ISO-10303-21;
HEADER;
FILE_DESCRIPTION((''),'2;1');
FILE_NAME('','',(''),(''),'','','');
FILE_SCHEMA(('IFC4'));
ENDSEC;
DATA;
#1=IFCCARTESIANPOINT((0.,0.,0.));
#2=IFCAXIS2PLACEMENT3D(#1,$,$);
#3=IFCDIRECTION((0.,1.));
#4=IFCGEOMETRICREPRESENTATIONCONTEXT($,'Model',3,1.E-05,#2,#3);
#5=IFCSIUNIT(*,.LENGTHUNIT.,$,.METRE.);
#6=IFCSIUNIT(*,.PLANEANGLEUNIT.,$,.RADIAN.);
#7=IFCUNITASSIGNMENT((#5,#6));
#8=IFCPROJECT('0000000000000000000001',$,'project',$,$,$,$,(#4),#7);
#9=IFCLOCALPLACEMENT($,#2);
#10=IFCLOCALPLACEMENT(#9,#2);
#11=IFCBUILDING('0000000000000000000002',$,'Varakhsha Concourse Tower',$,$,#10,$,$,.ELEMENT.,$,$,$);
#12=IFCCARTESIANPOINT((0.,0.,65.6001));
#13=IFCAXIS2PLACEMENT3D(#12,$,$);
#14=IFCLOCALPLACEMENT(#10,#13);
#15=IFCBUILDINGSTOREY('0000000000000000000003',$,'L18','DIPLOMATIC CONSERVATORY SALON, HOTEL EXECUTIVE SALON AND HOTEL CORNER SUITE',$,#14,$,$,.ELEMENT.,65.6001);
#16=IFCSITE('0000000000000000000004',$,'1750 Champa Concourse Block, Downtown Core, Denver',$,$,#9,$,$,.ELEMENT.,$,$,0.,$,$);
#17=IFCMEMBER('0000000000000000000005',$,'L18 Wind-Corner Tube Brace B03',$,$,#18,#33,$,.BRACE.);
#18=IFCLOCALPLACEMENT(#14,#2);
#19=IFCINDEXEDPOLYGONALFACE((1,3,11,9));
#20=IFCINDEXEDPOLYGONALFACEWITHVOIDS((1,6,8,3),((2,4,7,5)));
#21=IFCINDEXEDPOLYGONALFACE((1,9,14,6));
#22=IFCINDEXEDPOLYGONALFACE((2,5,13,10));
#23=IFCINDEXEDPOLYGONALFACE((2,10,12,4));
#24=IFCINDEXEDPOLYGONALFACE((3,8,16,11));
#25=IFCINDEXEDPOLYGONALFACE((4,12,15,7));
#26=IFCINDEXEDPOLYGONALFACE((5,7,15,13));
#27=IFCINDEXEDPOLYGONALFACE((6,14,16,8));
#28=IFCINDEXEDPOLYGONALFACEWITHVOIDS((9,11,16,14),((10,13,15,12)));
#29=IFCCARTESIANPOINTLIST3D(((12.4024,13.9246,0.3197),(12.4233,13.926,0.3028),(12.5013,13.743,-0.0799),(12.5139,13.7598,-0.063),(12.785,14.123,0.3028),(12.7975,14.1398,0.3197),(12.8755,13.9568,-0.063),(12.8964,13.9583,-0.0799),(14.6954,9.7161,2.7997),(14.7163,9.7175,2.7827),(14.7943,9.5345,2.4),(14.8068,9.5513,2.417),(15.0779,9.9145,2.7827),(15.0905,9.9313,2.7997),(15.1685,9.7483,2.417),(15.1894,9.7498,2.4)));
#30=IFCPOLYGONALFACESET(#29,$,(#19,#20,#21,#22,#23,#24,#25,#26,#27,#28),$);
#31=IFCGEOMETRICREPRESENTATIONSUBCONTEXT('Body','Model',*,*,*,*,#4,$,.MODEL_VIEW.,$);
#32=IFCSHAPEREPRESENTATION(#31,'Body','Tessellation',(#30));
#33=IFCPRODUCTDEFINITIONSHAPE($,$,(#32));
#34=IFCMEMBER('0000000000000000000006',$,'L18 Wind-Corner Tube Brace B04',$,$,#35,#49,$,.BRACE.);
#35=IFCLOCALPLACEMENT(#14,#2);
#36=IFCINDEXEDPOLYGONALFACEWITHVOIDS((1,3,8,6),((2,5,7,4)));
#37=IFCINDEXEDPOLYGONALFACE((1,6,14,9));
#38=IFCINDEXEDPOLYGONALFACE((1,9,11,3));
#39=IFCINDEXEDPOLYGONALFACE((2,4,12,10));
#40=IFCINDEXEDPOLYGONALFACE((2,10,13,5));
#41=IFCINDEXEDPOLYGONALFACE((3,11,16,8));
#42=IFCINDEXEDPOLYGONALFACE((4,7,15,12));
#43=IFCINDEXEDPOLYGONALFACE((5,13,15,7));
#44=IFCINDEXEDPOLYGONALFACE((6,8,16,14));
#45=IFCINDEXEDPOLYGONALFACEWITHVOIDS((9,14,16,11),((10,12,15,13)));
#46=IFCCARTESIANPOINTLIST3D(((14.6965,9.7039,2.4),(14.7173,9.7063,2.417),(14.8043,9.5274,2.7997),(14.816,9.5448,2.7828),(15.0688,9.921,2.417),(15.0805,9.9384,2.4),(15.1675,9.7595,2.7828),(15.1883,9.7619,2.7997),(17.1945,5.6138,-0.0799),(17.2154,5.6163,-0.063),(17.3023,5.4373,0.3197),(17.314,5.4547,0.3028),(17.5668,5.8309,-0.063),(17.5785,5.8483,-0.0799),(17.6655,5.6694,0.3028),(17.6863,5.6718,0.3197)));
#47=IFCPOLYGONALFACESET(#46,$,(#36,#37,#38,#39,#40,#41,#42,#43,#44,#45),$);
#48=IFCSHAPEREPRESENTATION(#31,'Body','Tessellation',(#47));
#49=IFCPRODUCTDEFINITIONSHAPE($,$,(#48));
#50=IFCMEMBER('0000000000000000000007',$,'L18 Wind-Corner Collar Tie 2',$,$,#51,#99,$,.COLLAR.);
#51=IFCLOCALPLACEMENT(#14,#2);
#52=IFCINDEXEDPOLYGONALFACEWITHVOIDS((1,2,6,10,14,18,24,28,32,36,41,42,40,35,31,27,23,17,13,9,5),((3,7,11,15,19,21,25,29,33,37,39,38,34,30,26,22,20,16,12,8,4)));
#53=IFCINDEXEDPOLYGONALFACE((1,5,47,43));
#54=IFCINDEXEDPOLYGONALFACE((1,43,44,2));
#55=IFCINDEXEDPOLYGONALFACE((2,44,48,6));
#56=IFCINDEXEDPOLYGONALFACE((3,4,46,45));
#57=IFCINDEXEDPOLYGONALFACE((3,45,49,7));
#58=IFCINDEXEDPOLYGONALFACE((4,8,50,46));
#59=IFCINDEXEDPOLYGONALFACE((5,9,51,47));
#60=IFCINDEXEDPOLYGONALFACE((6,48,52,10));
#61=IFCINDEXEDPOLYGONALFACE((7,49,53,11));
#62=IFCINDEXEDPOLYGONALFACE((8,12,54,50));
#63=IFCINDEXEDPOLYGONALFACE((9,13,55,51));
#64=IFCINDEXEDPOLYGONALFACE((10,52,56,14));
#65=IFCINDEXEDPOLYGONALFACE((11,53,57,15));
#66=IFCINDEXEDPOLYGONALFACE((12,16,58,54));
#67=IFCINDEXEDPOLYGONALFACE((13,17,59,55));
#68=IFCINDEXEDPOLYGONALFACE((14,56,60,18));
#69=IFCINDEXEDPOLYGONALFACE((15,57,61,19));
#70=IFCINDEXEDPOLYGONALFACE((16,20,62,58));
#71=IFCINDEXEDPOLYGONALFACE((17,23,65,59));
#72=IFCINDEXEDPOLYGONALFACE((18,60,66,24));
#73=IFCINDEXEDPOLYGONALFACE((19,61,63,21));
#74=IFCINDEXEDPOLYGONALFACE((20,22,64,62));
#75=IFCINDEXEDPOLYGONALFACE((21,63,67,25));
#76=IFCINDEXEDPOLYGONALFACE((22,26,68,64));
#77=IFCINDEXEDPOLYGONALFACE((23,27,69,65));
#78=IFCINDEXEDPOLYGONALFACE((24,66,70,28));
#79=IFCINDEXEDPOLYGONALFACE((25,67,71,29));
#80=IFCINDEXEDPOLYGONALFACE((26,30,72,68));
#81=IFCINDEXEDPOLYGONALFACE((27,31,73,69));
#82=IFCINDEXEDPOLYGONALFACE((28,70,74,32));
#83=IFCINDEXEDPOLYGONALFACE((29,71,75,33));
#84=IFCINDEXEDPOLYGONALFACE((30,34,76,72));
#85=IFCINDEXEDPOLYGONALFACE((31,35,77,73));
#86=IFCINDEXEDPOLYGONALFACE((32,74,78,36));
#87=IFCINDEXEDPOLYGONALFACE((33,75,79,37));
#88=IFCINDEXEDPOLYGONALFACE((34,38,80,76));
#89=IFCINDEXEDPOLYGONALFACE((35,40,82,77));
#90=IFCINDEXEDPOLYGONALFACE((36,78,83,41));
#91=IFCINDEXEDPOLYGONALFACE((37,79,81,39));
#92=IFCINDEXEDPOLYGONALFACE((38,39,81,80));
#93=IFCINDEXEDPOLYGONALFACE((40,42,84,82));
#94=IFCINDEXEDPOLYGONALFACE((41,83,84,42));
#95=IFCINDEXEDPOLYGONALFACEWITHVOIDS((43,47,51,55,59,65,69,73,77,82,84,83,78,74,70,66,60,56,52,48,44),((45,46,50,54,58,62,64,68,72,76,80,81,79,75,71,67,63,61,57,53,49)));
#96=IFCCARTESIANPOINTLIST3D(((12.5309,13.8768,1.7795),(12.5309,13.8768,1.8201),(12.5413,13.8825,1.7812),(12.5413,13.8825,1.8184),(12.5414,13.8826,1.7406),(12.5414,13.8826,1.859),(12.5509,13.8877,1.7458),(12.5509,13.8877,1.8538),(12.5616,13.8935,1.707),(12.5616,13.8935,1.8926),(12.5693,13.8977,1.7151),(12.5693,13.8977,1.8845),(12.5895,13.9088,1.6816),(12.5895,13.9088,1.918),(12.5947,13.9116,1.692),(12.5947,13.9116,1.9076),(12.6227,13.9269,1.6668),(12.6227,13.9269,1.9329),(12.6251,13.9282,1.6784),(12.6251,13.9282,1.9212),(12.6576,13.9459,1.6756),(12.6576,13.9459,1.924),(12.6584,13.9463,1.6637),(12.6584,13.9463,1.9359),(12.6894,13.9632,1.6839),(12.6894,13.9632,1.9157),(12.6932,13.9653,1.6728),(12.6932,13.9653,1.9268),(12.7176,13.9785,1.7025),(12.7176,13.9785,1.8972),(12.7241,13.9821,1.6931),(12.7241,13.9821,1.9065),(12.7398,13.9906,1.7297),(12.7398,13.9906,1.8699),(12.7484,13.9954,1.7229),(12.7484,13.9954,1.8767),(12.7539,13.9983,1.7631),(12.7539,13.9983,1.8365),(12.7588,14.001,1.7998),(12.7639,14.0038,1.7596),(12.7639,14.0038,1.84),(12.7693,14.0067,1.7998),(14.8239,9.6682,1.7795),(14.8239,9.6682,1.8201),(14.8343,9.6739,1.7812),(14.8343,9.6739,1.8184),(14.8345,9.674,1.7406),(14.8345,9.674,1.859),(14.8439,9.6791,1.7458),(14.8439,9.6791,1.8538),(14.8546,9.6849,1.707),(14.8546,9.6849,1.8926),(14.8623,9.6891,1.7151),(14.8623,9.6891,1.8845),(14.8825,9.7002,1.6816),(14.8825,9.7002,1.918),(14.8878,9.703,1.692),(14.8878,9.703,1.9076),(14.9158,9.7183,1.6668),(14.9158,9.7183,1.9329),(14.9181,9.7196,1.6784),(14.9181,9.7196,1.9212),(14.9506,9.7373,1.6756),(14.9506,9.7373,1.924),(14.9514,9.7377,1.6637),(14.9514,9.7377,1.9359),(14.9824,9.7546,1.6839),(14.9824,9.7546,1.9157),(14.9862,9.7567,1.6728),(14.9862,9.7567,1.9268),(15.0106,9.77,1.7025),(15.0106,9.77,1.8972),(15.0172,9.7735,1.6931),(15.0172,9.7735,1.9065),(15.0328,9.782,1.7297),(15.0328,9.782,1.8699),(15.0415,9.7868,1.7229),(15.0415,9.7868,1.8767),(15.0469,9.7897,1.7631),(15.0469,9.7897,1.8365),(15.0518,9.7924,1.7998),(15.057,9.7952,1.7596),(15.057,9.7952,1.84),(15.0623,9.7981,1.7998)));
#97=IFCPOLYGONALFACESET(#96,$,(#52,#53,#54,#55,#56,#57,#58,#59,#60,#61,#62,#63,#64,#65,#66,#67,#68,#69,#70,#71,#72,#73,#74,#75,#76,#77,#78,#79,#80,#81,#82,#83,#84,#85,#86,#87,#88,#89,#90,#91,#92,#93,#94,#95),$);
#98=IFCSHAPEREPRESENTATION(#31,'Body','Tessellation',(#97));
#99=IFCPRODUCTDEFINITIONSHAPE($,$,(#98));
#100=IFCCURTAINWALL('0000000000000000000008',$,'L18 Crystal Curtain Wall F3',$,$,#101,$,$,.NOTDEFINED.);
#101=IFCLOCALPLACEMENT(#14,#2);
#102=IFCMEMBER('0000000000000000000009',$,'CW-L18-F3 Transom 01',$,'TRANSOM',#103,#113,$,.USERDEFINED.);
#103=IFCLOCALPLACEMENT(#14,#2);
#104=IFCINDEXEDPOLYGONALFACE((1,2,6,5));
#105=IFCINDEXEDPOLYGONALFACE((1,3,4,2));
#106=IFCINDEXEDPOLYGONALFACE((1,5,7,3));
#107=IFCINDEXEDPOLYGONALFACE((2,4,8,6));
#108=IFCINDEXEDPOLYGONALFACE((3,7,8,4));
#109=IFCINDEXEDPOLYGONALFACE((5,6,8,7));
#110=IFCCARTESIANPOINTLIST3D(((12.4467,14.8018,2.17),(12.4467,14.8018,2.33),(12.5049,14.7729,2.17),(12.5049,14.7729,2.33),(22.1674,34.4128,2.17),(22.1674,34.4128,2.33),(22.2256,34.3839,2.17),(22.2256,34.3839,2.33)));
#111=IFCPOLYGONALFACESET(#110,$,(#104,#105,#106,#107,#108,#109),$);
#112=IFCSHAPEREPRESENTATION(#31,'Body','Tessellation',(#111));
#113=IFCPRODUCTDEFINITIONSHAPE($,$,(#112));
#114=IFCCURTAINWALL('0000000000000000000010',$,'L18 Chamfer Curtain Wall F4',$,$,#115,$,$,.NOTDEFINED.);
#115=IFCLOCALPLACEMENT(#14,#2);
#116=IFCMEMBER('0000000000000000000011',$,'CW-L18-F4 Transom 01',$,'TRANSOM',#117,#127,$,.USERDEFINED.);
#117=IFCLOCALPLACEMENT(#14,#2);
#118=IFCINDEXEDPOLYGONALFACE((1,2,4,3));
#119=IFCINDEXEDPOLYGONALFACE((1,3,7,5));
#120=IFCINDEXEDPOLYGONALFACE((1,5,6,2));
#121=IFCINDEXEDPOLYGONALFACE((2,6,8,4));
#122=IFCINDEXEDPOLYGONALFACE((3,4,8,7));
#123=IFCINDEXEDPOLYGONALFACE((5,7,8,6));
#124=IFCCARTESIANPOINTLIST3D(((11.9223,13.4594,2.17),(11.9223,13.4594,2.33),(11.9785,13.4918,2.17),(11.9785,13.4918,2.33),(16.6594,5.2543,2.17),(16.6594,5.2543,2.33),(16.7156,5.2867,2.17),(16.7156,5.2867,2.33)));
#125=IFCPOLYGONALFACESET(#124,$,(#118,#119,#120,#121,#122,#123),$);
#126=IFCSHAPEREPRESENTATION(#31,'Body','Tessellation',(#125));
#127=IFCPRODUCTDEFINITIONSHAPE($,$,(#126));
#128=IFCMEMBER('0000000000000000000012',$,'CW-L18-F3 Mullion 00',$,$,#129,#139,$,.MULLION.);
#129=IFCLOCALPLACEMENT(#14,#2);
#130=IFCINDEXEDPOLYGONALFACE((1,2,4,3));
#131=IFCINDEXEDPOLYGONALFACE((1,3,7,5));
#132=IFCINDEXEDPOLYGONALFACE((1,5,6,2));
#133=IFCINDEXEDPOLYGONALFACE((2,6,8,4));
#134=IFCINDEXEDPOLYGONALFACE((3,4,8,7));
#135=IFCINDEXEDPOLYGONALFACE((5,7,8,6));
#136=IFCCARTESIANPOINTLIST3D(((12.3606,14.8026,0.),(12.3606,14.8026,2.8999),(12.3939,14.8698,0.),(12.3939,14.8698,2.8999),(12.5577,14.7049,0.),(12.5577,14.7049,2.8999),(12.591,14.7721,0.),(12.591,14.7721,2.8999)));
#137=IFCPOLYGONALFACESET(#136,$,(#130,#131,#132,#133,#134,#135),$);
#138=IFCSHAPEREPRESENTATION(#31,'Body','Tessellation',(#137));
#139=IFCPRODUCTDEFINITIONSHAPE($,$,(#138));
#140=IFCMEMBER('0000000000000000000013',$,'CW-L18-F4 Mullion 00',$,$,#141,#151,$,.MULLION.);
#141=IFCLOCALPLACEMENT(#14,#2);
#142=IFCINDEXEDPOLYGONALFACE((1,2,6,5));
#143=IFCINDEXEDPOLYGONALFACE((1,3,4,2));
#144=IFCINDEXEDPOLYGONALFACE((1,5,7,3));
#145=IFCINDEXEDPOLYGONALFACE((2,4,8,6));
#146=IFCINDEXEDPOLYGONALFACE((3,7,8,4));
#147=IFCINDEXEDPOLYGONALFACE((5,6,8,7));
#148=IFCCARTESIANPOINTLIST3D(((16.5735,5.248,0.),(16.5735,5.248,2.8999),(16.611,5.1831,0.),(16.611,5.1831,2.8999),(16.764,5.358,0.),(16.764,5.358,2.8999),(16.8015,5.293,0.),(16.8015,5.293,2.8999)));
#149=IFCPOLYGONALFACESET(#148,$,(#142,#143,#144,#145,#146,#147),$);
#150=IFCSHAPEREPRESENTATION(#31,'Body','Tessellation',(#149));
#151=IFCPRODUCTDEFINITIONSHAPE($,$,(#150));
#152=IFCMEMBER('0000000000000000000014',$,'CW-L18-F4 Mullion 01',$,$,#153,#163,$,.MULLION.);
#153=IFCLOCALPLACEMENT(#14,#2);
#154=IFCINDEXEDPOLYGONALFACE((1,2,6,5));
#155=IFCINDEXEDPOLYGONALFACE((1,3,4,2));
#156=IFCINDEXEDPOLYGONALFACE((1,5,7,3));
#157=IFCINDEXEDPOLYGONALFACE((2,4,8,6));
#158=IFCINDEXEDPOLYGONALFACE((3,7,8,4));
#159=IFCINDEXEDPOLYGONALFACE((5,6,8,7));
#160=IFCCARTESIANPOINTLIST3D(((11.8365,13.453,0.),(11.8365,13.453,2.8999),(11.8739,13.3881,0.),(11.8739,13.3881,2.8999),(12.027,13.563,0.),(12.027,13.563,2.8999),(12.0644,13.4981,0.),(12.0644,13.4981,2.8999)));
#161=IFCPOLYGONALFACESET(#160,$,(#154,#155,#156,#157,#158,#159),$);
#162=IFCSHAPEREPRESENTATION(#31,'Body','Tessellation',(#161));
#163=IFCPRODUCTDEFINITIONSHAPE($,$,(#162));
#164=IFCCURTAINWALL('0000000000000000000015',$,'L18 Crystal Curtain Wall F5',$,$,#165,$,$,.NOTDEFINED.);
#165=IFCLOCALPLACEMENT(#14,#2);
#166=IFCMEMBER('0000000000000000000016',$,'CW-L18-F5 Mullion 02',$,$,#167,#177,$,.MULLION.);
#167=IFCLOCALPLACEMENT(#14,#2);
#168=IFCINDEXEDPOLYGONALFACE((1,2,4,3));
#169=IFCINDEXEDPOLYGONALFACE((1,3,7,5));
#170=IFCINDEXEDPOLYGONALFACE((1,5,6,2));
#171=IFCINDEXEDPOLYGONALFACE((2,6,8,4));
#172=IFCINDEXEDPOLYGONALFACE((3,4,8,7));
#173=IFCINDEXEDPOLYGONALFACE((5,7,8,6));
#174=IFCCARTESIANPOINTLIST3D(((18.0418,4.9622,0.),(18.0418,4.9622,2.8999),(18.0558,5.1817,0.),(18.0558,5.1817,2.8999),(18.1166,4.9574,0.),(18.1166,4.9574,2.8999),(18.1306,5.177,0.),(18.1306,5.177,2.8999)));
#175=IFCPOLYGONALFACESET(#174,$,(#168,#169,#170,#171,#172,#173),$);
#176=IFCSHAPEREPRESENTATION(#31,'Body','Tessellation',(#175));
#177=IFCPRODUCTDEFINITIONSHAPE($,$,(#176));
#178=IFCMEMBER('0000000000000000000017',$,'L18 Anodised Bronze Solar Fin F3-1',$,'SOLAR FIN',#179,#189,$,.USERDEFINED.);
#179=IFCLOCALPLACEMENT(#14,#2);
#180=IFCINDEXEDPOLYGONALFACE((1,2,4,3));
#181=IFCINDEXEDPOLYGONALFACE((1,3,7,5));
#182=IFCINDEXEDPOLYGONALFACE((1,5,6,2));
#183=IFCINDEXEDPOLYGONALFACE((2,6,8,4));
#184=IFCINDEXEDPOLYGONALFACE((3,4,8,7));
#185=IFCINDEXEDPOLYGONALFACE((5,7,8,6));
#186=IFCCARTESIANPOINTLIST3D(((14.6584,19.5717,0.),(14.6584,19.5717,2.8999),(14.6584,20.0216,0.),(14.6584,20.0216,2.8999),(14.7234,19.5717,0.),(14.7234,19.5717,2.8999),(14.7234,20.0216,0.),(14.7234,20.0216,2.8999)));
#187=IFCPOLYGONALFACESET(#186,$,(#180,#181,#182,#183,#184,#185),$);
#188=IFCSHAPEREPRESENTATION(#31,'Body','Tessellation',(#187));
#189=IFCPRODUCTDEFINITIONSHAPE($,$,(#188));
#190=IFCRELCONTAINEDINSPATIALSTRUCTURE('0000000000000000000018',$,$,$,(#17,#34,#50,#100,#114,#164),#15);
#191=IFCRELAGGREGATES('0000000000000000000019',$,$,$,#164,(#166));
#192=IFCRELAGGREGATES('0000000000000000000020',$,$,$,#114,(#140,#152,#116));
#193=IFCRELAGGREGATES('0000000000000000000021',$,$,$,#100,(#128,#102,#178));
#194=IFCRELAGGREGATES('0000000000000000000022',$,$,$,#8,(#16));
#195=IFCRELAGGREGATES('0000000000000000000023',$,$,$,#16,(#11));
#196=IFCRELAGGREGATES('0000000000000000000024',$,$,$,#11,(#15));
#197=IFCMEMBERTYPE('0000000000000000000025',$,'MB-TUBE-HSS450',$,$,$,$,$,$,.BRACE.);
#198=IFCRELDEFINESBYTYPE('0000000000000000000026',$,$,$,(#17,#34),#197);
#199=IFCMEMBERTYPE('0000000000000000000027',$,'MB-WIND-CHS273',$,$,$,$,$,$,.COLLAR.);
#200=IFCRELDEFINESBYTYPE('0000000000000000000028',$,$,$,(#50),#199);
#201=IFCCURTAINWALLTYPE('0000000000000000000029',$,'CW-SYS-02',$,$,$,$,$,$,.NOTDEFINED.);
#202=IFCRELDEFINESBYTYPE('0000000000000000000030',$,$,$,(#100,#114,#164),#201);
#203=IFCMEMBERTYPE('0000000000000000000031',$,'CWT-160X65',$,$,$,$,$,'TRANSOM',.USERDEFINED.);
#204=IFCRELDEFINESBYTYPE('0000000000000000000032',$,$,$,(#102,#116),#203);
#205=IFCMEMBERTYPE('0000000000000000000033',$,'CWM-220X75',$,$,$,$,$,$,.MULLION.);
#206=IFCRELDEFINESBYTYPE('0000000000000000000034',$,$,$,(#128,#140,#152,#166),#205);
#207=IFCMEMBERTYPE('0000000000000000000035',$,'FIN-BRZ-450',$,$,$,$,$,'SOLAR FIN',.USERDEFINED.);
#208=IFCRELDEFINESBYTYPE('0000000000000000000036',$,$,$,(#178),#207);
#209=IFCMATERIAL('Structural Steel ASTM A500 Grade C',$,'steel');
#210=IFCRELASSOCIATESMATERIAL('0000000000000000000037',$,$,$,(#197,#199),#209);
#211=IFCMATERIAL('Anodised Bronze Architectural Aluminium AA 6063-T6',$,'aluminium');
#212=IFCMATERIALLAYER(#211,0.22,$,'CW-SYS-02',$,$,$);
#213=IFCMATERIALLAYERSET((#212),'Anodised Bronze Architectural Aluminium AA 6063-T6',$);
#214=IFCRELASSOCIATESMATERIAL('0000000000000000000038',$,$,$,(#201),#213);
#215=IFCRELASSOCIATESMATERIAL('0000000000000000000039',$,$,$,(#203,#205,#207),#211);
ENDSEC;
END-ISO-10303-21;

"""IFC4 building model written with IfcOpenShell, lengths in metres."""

from ifc_helpers import new_model, si_unit, direction, frame, origin, origin_2d, place, context, subcontext, project, spatial, rectangle, hollow_rectangle, hollow_circle, extrude, source, transform, mapped, material, layer, layer_set, material_profile, profile_set, type_object, type_shapes, element, aggregate, save


model = new_model("IFC4")

# Units and contexts
model_context = context("Model", 3, precision=1e-05, world=origin(), true_north=direction((0.0, 1.0)))
body_context = subcontext(model_context, "Body", "Model", "MODEL_VIEW")
ifc_project = project(units=[si_unit("LENGTHUNIT", "METRE"), si_unit("PLANEANGLEUNIT", "RADIAN")], contexts=[model_context])

# Site, building, storey
site_placement = place(None, origin())
site = spatial("IfcSite", under=ifc_project, at=site_placement, Name="1750 Champa Concourse Block, Downtown Core, Denver", CompositionType="ELEMENT", RefElevation=0.0)
building_placement = place(site_placement, origin())
building = spatial("IfcBuilding", under=site, at=building_placement, Name="Varakhsha Concourse Tower", CompositionType="ELEMENT")
storey_placement = place(building_placement, frame((0.0, 0.0, 65.6001)))
storey = spatial("IfcBuildingStorey", under=building, at=storey_placement, Name="L18", Description="DIPLOMATIC CONSERVATORY SALON, HOTEL EXECUTIVE SALON AND HOTEL CORNER SUITE", CompositionType="ELEMENT", Elevation=65.6001)

# Members
ifc_material_1 = material(Name="Structural Steel ASTM A500 Grade C", Category="steel")
ifc_material_profile_1 = material_profile(ifc_material_1, hollow_rectangle(XDim=0.45, YDim=0.45, WallThickness=0.019, at=origin_2d()), Name="HSS 450x450x19")
ifc_profile_set_1 = profile_set([ifc_material_profile_1], Name="Structural Steel ASTM A500 Grade C")
member_type_1 = type_object("IfcMemberType", Name="MB-TUBE-HSS450", PredefinedType="BRACE", material=ifc_profile_set_1)
shared_shape_1 = source(origin(), body_context, "Body", "SweptSolid", [
    extrude(hollow_rectangle(XDim=0.45, YDim=0.45, WallThickness=0.019, at=origin_2d()), origin(), (0.0, 0.0, 1.0), 5.3962),
])
type_shapes(member_type_1, [shared_shape_1])
for number, where, z_axis, x_axis, name in (
    (1, (12.6494, 13.9414, 0.1199), (0.424919, -0.779894, 0.459575), (0.878121, 0.478438, 0.0), "L18 Wind-Corner Tube Brace B03"),
    (2, (17.4404, 5.6428, 0.1199), (-0.462924, 0.757952, 0.459576), (-0.853417, -0.52123, 0.0), "L18 Wind-Corner Tube Brace B04"),
):
    element("IfcMember", number, at=place(storey_placement, frame(where, z_axis=z_axis, x_axis=x_axis)), inside=storey, type_object=member_type_1, Name=name, PredefinedType="BRACE", context=body_context, shape_type="MappedRepresentation", body=[
        mapped(shared_shape_1, transform((0.0, 0.0, 0.0), scale=1.0)),
    ])
ifc_material_profile_2 = material_profile(ifc_material_1, hollow_circle(Radius=0.1365, WallThickness=0.012, at=origin_2d()), Name="CHS 273x12")
ifc_profile_set_2 = profile_set([ifc_material_profile_2], Name="Structural Steel ASTM A500 Grade C")
member_type_2 = type_object("IfcMemberType", Name="MB-WIND-CHS273", PredefinedType="COLLAR", material=ifc_profile_set_2)
shared_shape_2 = source(origin(), body_context, "Body", "SweptSolid", [
    extrude(hollow_circle(Radius=0.1365, WallThickness=0.012, at=origin_2d()), origin(), (0.0, 0.0, 1.0), 4.7927),
])
type_shapes(member_type_2, [shared_shape_2])
member_1_placement = place(storey_placement, frame((12.6494, 13.9414, 1.7998), z_axis=(0.478438, -0.878121, 0.0), x_axis=(0.878121, 0.478438, 0.0)))
element("IfcMember", 3, at=member_1_placement, inside=storey, type_object=member_type_2, Name="L18 Wind-Corner Collar Tie 2", PredefinedType="COLLAR", context=body_context, shape_type="MappedRepresentation", body=[
    mapped(shared_shape_2, transform((0.0, 0.0, 0.0), scale=1.0)),
])

# Curtain walls, members
ifc_material_2 = material(Name="Anodised Bronze Architectural Aluminium AA 6063-T6", Category="aluminium")
ifc_layer_1 = layer(ifc_material_2, 0.22, Name="CW-SYS-02")
ifc_layer_set_1 = layer_set([ifc_layer_1], Name="Anodised Bronze Architectural Aluminium AA 6063-T6")
curtain_wall_type = type_object("IfcCurtainWallType", Name="CW-SYS-02", PredefinedType="NOTDEFINED", material=ifc_layer_set_1)
curtain_wall_1_placement = place(storey_placement, origin())
curtain_wall_1 = element("IfcCurtainWall", 4, at=curtain_wall_1_placement, inside=storey, type_object=curtain_wall_type, Name="L18 Crystal Curtain Wall F3", PredefinedType="NOTDEFINED")
ifc_material_profile_3 = material_profile(ifc_material_2, rectangle(XDim=0.0649, YDim=0.1599, at=origin_2d()), Name="CWT-160X65")
ifc_profile_set_3 = profile_set([ifc_material_profile_3], Name="Anodised Bronze Architectural Aluminium AA 6063-T6")
member_type_3 = type_object("IfcMemberType", Name="CWT-160X65", ElementType="TRANSOM", PredefinedType="USERDEFINED", material=ifc_profile_set_3)
shared_shape_3 = source(origin(), body_context, "Body", "SweptSolid", [
    extrude(rectangle(XDim=0.0649, YDim=0.1599, at=origin_2d()), origin(), (0.0, 0.0, 1.0), 21.8879),
])
member_2_placement = place(storey_placement, frame((12.4758, 14.7874, 2.25), z_axis=(0.44411, 0.895972, 0.0), x_axis=(-0.895972, 0.44411, 0.0)))
member_2 = element("IfcMember", 5, at=member_2_placement, type_object=member_type_3, Name="CW-L18-F3 Transom 01", ObjectType="TRANSOM", PredefinedType="USERDEFINED", context=body_context, shape_type="MappedRepresentation", body=[
    mapped(shared_shape_3, transform((0.0, 0.0, 0.0), scale=1.0)),
])
curtain_wall_2_placement = place(storey_placement, origin())
curtain_wall_2 = element("IfcCurtainWall", 6, at=curtain_wall_2_placement, inside=storey, type_object=curtain_wall_type, Name="L18 Chamfer Curtain Wall F4", PredefinedType="NOTDEFINED")
shared_shape_4 = source(origin(), body_context, "Body", "SweptSolid", [
    extrude(rectangle(XDim=0.0649, YDim=0.1599, at=origin_2d()), origin(), (0.0, 0.0, 1.0), 9.4744),
])
type_shapes(member_type_3, [shared_shape_3, shared_shape_4])
member_3_placement = place(storey_placement, frame((16.6875, 5.2705, 2.25), z_axis=(-0.499989, 0.866032, 0.0), x_axis=(-0.866032, -0.499989, 0.0)))
member_3 = element("IfcMember", 7, at=member_3_placement, type_object=member_type_3, Name="CW-L18-F4 Transom 01", ObjectType="TRANSOM", PredefinedType="USERDEFINED", context=body_context, shape_type="MappedRepresentation", body=[
    mapped(shared_shape_4, transform((0.0, 0.0, 0.0), scale=1.0)),
])

# Members
ifc_material_profile_4 = material_profile(ifc_material_2, rectangle(XDim=0.075, YDim=0.22, at=origin_2d()), Name="CWM-220X75")
ifc_profile_set_4 = profile_set([ifc_material_profile_4], Name="Anodised Bronze Architectural Aluminium AA 6063-T6")
member_type_4 = type_object("IfcMemberType", Name="CWM-220X75", PredefinedType="MULLION", material=ifc_profile_set_4)
shared_shape_5 = source(origin(), body_context, "Body", "SweptSolid", [
    extrude(rectangle(XDim=0.075, YDim=0.22, at=origin_2d()), origin(), (0.0, 0.0, 1.0), 2.8999),
])
type_shapes(member_type_4, [shared_shape_5])
member_4_placement = place(storey_placement, frame((12.4758, 14.7874, 0.0), z_axis=(0.0, 0.0, 1.0), x_axis=(0.44411, 0.895972, 0.0)))
member_4 = element("IfcMember", 8, at=member_4_placement, type_object=member_type_4, Name="CW-L18-F3 Mullion 00", PredefinedType="MULLION", context=body_context, shape_type="MappedRepresentation", body=[
    mapped(shared_shape_5, transform((0.0, 0.0, 0.0), scale=1.0)),
])
member_5_placement = place(storey_placement, frame((16.6875, 5.2705, 0.0), z_axis=(0.0, 0.0, 1.0), x_axis=(-0.499995, 0.866028, 0.0)))
member_5 = element("IfcMember", 9, at=member_5_placement, type_object=member_type_4, Name="CW-L18-F4 Mullion 00", PredefinedType="MULLION", context=body_context, shape_type="MappedRepresentation", body=[
    mapped(shared_shape_5, transform((0.0, 0.0, 0.0), scale=1.0)),
])
member_6_placement = place(storey_placement, frame((11.9504, 13.4756, 0.0), z_axis=(0.0, 0.0, 1.0), x_axis=(-0.499995, 0.866028, 0.0)))
member_6 = element("IfcMember", 10, at=member_6_placement, type_object=member_type_4, Name="CW-L18-F4 Mullion 01", PredefinedType="MULLION", context=body_context, shape_type="MappedRepresentation", body=[
    mapped(shared_shape_5, transform((0.0, 0.0, 0.0), scale=1.0)),
])

# Curtain wall, member
curtain_wall_3_placement = place(storey_placement, origin())
curtain_wall_3 = element("IfcCurtainWall", 11, at=curtain_wall_3_placement, inside=storey, type_object=curtain_wall_type, Name="L18 Crystal Curtain Wall F5", PredefinedType="NOTDEFINED")
member_7_placement = place(storey_placement, frame((18.0862, 5.0696, 0.0), z_axis=(0.0, 0.0, 1.0), x_axis=(-0.99799, 0.063378, 0.0)))
member_7 = element("IfcMember", 12, at=member_7_placement, type_object=member_type_4, Name="CW-L18-F5 Mullion 02", PredefinedType="MULLION", context=body_context, shape_type="MappedRepresentation", body=[
    mapped(shared_shape_5, transform((0.0, 0.0, 0.0), scale=1.0)),
])
aggregate(curtain_wall_3, [member_7])

# Member
ifc_material_profile_5 = material_profile(ifc_material_2, rectangle(XDim=0.0649, YDim=0.45, at=origin_2d()), Name="FIN-BRZ-450")
ifc_profile_set_5 = profile_set([ifc_material_profile_5], Name="Anodised Bronze Architectural Aluminium AA 6063-T6")
member_type_5 = type_object("IfcMemberType", Name="FIN-BRZ-450", ElementType="SOLAR FIN", PredefinedType="USERDEFINED", material=ifc_profile_set_5)
shared_shape_6 = source(origin(), body_context, "Body", "SweptSolid", [
    extrude(rectangle(XDim=0.0649, YDim=0.45, at=origin_2d()), origin(), (0.0, 0.0, 1.0), 2.8999),
])
type_shapes(member_type_5, [shared_shape_6])
member_8_placement = place(storey_placement, frame((14.6909, 19.7966, 0.0), z_axis=(0.0, 0.0, 1.0), x_axis=(1.0, 0.0, 0.0)))
member_8 = element("IfcMember", 13, at=member_8_placement, type_object=member_type_5, Name="L18 Anodised Bronze Solar Fin F3-1", ObjectType="SOLAR FIN", PredefinedType="USERDEFINED", context=body_context, shape_type="MappedRepresentation", body=[
    mapped(shared_shape_6, transform((0.0, 0.0, 0.0), scale=1.0)),
])

aggregate(curtain_wall_2, [member_5, member_6, member_3])
aggregate(curtain_wall_1, [member_4, member_2, member_8])

save(model, "model.ifc")
